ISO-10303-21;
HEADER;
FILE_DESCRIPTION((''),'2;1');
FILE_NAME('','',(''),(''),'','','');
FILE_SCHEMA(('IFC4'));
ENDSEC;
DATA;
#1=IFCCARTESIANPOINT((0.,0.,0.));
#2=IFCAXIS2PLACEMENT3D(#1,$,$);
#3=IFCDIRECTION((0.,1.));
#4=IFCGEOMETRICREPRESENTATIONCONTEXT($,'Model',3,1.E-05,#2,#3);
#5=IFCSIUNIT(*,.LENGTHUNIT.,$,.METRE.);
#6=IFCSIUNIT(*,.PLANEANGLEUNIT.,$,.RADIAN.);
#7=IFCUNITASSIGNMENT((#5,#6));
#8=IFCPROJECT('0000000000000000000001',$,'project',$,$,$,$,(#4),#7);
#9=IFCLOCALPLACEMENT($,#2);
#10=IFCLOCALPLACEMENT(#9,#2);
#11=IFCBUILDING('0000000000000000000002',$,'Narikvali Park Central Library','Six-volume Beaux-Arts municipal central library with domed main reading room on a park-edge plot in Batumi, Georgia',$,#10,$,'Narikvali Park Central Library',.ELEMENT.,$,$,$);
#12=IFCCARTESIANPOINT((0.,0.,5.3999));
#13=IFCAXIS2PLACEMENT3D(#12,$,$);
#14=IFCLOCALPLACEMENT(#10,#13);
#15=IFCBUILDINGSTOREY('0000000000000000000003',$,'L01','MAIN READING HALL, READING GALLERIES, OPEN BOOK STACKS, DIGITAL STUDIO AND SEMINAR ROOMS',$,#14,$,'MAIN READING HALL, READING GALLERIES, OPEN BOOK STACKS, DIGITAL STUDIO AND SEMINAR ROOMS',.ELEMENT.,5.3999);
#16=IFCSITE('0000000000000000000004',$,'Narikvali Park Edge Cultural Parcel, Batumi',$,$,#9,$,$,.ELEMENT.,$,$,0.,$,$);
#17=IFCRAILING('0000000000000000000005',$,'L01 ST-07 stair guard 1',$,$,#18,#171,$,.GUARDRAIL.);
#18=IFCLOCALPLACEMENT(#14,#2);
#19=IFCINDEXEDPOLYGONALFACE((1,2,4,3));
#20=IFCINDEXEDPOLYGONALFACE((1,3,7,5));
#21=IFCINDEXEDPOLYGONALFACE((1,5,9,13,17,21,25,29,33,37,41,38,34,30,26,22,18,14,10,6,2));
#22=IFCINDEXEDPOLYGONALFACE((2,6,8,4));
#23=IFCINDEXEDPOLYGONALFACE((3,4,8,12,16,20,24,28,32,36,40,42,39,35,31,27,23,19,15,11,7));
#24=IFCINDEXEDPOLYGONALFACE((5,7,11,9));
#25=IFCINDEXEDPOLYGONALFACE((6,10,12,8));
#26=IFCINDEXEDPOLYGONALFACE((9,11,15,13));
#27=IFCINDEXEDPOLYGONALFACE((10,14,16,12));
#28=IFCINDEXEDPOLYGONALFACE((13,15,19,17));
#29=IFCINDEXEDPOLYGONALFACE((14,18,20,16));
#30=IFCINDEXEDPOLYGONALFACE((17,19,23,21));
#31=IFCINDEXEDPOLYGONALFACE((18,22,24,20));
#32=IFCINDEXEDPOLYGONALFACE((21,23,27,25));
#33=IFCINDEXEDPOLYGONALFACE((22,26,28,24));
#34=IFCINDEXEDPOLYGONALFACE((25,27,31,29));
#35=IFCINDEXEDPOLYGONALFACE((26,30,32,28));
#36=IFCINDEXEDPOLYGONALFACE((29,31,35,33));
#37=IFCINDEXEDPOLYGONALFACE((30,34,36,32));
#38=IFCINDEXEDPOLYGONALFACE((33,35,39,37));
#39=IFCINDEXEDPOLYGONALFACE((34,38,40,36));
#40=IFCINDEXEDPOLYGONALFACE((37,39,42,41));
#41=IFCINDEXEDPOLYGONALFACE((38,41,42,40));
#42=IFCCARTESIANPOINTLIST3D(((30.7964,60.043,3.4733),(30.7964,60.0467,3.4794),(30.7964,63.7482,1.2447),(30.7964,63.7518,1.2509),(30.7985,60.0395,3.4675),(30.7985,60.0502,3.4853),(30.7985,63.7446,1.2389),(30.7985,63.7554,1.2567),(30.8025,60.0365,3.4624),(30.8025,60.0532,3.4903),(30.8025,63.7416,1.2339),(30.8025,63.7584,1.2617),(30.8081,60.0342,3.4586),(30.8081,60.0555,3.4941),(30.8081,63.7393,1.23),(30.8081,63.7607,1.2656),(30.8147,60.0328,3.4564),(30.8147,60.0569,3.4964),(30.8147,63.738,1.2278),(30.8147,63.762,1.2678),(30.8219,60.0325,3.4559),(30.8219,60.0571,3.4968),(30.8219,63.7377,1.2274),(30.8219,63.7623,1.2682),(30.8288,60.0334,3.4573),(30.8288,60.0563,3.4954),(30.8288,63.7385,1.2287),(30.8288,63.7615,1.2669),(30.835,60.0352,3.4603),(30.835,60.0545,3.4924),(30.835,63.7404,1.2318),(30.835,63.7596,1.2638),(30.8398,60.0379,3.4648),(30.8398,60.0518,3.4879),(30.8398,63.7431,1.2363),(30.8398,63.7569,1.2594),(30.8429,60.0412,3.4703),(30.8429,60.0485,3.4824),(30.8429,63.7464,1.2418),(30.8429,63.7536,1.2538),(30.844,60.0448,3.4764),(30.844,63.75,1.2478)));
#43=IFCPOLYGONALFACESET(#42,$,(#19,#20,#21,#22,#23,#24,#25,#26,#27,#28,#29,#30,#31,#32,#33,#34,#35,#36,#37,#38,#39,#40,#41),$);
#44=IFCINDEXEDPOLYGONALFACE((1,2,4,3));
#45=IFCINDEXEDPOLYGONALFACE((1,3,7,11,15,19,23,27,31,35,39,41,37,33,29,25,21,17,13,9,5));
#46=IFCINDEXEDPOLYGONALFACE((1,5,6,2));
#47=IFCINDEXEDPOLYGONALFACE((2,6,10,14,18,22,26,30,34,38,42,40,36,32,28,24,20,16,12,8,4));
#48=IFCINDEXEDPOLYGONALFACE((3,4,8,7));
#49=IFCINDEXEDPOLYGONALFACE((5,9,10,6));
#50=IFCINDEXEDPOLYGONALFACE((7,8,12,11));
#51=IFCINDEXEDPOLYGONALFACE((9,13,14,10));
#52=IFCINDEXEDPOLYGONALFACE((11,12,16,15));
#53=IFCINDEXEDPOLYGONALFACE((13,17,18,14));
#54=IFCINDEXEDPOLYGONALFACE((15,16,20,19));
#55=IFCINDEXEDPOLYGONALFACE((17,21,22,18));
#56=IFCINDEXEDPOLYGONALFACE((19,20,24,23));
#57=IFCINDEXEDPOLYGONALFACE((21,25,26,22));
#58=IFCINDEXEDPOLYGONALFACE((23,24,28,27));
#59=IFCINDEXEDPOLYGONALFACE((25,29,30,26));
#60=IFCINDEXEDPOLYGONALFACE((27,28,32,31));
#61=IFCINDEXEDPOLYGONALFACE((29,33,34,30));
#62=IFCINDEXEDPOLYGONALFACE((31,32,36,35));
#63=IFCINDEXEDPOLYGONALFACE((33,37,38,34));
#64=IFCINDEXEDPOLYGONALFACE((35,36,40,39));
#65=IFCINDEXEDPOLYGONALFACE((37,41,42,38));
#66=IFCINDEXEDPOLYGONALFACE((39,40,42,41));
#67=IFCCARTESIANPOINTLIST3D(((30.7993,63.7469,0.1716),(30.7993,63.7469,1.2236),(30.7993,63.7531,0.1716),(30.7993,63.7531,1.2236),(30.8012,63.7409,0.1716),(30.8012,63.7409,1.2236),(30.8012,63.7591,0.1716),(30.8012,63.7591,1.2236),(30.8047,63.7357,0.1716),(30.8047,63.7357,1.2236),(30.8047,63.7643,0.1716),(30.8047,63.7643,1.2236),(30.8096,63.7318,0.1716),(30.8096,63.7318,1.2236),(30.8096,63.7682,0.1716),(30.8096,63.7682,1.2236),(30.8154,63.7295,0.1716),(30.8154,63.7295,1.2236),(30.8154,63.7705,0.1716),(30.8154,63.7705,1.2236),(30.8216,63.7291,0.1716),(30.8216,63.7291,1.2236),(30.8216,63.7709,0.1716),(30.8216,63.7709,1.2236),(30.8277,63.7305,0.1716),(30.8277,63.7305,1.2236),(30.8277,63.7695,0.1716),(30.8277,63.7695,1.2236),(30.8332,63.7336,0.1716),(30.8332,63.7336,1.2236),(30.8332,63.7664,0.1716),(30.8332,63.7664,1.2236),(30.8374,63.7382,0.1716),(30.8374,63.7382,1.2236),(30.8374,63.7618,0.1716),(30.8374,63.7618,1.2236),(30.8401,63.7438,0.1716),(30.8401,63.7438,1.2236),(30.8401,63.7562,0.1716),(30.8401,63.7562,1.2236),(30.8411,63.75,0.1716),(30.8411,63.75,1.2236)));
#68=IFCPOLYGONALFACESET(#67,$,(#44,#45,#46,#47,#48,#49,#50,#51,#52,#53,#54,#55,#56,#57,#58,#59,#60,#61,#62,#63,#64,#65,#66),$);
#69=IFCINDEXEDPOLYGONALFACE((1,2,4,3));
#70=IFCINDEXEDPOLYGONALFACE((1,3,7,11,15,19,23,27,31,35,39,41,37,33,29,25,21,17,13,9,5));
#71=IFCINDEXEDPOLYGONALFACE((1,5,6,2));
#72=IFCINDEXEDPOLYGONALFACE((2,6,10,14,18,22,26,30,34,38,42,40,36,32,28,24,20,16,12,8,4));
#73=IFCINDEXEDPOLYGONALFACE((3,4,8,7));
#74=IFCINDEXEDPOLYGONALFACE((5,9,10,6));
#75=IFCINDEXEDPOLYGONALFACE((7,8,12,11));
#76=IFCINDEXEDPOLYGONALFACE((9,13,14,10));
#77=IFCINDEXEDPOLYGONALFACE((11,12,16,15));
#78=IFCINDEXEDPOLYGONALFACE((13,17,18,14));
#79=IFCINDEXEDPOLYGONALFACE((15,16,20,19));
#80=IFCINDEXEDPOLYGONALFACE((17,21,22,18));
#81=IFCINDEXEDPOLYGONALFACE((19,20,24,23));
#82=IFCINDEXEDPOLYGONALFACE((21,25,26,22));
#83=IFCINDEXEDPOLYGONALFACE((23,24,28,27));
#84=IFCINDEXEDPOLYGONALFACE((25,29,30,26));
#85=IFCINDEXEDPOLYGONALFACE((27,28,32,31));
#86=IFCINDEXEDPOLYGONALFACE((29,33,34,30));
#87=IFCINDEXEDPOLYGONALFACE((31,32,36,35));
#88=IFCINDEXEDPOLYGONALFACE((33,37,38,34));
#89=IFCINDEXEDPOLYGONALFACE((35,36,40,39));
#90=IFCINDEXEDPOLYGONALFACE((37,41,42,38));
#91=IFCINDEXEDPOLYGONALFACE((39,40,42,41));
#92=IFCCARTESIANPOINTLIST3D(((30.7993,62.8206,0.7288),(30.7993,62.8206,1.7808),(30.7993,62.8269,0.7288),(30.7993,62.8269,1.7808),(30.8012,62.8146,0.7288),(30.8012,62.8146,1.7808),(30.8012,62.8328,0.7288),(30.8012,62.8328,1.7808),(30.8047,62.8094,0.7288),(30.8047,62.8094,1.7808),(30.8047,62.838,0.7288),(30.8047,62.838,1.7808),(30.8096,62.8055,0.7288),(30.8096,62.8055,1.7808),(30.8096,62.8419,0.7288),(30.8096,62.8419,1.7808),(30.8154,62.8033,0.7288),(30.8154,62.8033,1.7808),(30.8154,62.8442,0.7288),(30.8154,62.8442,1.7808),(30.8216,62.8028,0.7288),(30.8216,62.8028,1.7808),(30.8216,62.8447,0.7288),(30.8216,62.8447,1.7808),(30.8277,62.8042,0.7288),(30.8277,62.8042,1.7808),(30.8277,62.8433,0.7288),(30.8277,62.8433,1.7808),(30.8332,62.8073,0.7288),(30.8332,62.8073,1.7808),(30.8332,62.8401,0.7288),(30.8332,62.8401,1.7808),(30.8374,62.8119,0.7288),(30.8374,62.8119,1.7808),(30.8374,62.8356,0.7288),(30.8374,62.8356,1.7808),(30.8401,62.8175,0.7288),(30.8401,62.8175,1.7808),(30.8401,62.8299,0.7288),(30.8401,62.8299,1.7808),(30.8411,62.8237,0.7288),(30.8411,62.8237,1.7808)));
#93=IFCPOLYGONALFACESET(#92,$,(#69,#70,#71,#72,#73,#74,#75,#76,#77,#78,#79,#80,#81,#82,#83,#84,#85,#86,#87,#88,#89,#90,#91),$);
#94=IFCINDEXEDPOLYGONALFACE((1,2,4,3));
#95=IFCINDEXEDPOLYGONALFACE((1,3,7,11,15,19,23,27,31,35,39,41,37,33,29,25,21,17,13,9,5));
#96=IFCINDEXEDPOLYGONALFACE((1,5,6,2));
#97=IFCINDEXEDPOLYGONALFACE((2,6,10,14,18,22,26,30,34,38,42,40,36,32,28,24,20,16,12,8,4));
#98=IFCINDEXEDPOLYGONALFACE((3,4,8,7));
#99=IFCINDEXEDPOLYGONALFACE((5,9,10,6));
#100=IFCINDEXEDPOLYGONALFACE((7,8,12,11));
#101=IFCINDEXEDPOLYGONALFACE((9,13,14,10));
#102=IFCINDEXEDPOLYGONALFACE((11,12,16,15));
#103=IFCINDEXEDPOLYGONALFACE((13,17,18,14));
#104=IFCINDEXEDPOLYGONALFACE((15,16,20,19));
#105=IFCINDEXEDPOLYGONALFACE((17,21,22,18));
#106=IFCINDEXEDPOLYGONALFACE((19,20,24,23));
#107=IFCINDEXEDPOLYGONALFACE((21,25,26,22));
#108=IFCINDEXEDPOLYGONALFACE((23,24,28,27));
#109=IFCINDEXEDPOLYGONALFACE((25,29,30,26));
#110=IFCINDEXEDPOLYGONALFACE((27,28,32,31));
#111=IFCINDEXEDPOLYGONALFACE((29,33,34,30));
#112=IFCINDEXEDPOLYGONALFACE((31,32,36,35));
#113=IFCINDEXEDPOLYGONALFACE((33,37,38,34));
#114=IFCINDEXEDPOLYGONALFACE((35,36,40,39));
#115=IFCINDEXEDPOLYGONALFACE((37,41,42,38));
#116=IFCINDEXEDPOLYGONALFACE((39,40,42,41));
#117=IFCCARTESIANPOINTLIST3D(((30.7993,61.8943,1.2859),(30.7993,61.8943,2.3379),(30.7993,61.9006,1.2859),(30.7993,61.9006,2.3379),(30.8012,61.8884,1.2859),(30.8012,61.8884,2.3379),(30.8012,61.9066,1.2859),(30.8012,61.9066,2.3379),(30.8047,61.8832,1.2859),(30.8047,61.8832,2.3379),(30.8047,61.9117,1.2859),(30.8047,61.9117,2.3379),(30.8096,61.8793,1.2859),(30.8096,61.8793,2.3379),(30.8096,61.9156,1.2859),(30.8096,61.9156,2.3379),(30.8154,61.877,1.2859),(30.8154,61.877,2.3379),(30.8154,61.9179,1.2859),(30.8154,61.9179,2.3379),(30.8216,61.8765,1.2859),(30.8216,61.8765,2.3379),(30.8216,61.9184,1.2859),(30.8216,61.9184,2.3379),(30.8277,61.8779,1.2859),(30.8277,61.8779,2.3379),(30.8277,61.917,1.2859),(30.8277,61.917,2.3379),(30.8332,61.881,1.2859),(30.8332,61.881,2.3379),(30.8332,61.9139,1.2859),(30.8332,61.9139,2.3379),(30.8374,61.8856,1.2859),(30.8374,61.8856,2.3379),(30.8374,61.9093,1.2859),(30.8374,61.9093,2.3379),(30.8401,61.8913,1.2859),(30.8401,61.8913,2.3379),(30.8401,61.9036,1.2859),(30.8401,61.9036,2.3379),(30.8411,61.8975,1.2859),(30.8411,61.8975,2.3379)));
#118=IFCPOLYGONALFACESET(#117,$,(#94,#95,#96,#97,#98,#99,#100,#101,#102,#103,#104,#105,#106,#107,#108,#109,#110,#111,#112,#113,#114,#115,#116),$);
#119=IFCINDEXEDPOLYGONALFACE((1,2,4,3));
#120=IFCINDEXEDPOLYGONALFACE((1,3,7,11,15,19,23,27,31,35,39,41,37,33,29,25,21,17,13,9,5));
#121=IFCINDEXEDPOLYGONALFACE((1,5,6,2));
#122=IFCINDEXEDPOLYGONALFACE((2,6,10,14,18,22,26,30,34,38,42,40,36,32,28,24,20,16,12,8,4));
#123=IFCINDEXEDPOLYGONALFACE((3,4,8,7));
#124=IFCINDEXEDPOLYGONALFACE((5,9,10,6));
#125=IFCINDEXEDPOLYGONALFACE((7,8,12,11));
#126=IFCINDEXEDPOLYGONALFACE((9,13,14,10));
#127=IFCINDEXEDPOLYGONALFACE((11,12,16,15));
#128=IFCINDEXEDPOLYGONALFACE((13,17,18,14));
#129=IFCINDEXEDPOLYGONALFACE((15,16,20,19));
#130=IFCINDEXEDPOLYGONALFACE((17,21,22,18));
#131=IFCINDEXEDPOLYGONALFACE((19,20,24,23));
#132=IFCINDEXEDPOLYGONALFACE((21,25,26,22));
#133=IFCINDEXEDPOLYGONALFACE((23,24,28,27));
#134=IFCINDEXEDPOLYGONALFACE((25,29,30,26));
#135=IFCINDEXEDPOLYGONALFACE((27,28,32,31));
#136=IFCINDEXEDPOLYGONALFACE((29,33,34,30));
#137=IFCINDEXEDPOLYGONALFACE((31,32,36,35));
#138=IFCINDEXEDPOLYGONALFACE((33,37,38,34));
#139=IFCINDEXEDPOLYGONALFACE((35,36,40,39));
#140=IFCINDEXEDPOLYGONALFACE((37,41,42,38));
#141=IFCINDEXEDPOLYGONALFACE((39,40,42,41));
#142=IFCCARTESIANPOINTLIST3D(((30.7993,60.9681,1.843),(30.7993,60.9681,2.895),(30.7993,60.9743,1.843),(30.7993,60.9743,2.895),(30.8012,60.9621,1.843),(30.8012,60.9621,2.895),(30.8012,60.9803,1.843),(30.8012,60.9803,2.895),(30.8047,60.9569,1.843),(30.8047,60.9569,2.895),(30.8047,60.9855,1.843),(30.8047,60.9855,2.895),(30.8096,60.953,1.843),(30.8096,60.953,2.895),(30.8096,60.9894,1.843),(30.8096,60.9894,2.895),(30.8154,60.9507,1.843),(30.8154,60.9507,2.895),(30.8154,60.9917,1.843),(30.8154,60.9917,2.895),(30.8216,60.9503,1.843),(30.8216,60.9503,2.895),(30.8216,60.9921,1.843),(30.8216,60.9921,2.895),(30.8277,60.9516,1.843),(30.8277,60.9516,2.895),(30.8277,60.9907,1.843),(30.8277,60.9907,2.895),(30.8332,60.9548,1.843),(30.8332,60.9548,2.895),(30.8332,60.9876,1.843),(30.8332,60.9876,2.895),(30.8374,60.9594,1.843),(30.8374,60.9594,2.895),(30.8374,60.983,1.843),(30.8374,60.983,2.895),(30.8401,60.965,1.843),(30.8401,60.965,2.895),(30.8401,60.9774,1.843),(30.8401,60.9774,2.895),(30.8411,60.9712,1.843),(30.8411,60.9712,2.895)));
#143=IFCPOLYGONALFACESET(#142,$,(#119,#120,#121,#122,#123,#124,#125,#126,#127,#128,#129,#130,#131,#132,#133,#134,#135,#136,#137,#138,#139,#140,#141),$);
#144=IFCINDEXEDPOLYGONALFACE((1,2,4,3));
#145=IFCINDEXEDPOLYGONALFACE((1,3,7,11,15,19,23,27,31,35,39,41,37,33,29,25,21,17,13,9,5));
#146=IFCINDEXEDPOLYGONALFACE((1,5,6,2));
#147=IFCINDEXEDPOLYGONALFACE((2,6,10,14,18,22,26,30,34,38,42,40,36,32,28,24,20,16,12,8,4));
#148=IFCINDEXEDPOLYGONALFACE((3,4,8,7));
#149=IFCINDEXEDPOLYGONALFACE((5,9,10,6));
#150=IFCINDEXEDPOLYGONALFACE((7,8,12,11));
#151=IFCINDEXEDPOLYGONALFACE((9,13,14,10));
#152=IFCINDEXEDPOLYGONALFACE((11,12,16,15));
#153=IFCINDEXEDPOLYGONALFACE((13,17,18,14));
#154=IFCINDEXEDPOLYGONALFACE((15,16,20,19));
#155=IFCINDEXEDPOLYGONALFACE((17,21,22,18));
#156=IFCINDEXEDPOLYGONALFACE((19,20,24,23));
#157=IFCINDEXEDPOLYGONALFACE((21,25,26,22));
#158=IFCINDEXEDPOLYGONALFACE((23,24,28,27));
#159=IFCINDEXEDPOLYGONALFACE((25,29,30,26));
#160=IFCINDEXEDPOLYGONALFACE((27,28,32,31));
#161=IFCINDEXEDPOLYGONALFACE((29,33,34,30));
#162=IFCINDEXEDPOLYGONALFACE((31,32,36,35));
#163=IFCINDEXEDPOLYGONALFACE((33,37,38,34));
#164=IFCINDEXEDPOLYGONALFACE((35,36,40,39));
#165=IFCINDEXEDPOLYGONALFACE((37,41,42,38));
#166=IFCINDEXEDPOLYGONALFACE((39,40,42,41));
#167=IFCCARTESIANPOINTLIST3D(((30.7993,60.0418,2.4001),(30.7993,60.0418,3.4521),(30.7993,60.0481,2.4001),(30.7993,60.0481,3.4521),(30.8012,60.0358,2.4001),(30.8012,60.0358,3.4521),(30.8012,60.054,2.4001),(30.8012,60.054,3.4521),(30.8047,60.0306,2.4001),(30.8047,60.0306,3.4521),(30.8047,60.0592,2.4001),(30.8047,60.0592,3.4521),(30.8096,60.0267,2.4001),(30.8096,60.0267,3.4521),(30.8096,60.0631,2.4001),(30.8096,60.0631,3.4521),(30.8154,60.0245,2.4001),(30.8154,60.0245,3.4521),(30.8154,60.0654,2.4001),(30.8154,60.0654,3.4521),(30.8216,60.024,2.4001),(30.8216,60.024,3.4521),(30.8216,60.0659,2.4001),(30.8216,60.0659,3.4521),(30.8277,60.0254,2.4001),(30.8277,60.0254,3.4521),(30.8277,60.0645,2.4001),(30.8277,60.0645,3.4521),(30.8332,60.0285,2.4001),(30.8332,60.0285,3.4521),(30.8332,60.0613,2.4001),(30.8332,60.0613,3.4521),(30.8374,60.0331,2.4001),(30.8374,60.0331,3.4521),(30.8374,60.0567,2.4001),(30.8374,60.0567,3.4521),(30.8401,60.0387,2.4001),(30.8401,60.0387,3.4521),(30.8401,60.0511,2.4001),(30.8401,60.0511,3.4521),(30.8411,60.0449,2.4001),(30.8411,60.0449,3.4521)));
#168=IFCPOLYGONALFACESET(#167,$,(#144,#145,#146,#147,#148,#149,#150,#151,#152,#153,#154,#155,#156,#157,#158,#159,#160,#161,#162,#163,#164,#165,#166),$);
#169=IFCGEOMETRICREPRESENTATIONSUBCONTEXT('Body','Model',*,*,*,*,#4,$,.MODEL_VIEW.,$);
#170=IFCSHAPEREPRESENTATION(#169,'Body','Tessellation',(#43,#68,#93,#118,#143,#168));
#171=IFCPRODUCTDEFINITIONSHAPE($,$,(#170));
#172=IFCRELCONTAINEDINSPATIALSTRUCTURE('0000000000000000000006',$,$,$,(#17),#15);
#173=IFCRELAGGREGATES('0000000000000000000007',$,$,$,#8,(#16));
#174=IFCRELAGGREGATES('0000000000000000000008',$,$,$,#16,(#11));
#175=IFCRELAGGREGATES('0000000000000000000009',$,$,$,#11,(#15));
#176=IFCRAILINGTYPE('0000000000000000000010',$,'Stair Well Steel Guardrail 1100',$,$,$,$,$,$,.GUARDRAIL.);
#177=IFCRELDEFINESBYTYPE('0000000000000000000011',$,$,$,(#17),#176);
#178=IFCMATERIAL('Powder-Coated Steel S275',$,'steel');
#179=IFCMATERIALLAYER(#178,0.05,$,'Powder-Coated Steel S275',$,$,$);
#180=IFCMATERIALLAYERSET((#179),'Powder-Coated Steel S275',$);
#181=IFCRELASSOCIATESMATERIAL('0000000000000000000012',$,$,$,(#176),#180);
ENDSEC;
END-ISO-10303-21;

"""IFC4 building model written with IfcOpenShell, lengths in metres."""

from ifc_helpers import new_model, si_unit, direction, frame, origin, origin_2d, place, context, subcontext, project, spatial, circle, extrude, material, layer, layer_set, type_object, element, save


model = new_model("IFC4")

# Units and contexts
model_context = context("Model", 3, precision=1e-05, world=origin(), true_north=direction((0.0, 1.0)))
body_context = subcontext(model_context, "Body", "Model", "MODEL_VIEW")
ifc_project = project(units=[si_unit("LENGTHUNIT", "METRE"), si_unit("PLANEANGLEUNIT", "RADIAN")], contexts=[model_context])

# Site, building, storey
site_placement = place(None, origin())
site = spatial("IfcSite", under=ifc_project, at=site_placement, Name="Narikvali Park Edge Cultural Parcel, Batumi", CompositionType="ELEMENT", RefElevation=0.0)
building_placement = place(site_placement, origin())
building = spatial("IfcBuilding", under=site, at=building_placement, Name="Narikvali Park Central Library", Description="Six-volume Beaux-Arts municipal central library with domed main reading room on a park-edge plot in Batumi, Georgia", LongName="Narikvali Park Central Library", CompositionType="ELEMENT")
storey_placement = place(building_placement, frame((0.0, 0.0, 5.3999)))
storey = spatial("IfcBuildingStorey", under=building, at=storey_placement, Name="L01", Description="MAIN READING HALL, READING GALLERIES, OPEN BOOK STACKS, DIGITAL STUDIO AND SEMINAR ROOMS", LongName="MAIN READING HALL, READING GALLERIES, OPEN BOOK STACKS, DIGITAL STUDIO AND SEMINAR ROOMS", CompositionType="ELEMENT", Elevation=5.3999)

# Railing
ifc_material_1 = material(Name="Powder-Coated Steel S275", Category="steel")
ifc_layer_1 = layer(ifc_material_1, 0.05, Name="Powder-Coated Steel S275")
ifc_layer_set_1 = layer_set([ifc_layer_1], Name="Powder-Coated Steel S275")
railing_type_1 = type_object("IfcRailingType", Name="Stair Well Steel Guardrail 1100", PredefinedType="GUARDRAIL", material=ifc_layer_set_1)
railing_1_placement = place(storey_placement, frame((30.8201, 63.75, 0.1716)))
element("IfcRailing", 1, at=railing_1_placement, inside=storey, type_object=railing_type_1, Name="L01 ST-07 stair guard 1", PredefinedType="GUARDRAIL", context=body_context, shape_type="SweptSolid", body=[
    extrude(circle(Radius=0.0239, at=origin_2d()), frame((0.0, 0.0, 1.0762), z_axis=(0.0, -0.856934, 0.515425), x_axis=(1.0, 0.0, 0.0)), (0.0, 0.0, 1.0), 4.3237),
    extrude(circle(Radius=0.021, at=origin_2d()), origin(), (0.0, 0.0, 1.0), 1.052),
    extrude(circle(Radius=0.021, at=origin_2d()), frame((0.0, -0.9263, 0.5571)), (0.0, 0.0, 1.0), 1.052),
    extrude(circle(Radius=0.021, at=origin_2d()), frame((0.0, -1.8525, 1.1143)), (0.0, 0.0, 1.0), 1.052),
    extrude(circle(Radius=0.021, at=origin_2d()), frame((0.0, -2.7788, 1.6714)), (0.0, 0.0, 1.0), 1.052),
    extrude(circle(Radius=0.021, at=origin_2d()), frame((0.0, -3.7051, 2.2285)), (0.0, 0.0, 1.0), 1.052),
])

save(model, "model.ifc")
